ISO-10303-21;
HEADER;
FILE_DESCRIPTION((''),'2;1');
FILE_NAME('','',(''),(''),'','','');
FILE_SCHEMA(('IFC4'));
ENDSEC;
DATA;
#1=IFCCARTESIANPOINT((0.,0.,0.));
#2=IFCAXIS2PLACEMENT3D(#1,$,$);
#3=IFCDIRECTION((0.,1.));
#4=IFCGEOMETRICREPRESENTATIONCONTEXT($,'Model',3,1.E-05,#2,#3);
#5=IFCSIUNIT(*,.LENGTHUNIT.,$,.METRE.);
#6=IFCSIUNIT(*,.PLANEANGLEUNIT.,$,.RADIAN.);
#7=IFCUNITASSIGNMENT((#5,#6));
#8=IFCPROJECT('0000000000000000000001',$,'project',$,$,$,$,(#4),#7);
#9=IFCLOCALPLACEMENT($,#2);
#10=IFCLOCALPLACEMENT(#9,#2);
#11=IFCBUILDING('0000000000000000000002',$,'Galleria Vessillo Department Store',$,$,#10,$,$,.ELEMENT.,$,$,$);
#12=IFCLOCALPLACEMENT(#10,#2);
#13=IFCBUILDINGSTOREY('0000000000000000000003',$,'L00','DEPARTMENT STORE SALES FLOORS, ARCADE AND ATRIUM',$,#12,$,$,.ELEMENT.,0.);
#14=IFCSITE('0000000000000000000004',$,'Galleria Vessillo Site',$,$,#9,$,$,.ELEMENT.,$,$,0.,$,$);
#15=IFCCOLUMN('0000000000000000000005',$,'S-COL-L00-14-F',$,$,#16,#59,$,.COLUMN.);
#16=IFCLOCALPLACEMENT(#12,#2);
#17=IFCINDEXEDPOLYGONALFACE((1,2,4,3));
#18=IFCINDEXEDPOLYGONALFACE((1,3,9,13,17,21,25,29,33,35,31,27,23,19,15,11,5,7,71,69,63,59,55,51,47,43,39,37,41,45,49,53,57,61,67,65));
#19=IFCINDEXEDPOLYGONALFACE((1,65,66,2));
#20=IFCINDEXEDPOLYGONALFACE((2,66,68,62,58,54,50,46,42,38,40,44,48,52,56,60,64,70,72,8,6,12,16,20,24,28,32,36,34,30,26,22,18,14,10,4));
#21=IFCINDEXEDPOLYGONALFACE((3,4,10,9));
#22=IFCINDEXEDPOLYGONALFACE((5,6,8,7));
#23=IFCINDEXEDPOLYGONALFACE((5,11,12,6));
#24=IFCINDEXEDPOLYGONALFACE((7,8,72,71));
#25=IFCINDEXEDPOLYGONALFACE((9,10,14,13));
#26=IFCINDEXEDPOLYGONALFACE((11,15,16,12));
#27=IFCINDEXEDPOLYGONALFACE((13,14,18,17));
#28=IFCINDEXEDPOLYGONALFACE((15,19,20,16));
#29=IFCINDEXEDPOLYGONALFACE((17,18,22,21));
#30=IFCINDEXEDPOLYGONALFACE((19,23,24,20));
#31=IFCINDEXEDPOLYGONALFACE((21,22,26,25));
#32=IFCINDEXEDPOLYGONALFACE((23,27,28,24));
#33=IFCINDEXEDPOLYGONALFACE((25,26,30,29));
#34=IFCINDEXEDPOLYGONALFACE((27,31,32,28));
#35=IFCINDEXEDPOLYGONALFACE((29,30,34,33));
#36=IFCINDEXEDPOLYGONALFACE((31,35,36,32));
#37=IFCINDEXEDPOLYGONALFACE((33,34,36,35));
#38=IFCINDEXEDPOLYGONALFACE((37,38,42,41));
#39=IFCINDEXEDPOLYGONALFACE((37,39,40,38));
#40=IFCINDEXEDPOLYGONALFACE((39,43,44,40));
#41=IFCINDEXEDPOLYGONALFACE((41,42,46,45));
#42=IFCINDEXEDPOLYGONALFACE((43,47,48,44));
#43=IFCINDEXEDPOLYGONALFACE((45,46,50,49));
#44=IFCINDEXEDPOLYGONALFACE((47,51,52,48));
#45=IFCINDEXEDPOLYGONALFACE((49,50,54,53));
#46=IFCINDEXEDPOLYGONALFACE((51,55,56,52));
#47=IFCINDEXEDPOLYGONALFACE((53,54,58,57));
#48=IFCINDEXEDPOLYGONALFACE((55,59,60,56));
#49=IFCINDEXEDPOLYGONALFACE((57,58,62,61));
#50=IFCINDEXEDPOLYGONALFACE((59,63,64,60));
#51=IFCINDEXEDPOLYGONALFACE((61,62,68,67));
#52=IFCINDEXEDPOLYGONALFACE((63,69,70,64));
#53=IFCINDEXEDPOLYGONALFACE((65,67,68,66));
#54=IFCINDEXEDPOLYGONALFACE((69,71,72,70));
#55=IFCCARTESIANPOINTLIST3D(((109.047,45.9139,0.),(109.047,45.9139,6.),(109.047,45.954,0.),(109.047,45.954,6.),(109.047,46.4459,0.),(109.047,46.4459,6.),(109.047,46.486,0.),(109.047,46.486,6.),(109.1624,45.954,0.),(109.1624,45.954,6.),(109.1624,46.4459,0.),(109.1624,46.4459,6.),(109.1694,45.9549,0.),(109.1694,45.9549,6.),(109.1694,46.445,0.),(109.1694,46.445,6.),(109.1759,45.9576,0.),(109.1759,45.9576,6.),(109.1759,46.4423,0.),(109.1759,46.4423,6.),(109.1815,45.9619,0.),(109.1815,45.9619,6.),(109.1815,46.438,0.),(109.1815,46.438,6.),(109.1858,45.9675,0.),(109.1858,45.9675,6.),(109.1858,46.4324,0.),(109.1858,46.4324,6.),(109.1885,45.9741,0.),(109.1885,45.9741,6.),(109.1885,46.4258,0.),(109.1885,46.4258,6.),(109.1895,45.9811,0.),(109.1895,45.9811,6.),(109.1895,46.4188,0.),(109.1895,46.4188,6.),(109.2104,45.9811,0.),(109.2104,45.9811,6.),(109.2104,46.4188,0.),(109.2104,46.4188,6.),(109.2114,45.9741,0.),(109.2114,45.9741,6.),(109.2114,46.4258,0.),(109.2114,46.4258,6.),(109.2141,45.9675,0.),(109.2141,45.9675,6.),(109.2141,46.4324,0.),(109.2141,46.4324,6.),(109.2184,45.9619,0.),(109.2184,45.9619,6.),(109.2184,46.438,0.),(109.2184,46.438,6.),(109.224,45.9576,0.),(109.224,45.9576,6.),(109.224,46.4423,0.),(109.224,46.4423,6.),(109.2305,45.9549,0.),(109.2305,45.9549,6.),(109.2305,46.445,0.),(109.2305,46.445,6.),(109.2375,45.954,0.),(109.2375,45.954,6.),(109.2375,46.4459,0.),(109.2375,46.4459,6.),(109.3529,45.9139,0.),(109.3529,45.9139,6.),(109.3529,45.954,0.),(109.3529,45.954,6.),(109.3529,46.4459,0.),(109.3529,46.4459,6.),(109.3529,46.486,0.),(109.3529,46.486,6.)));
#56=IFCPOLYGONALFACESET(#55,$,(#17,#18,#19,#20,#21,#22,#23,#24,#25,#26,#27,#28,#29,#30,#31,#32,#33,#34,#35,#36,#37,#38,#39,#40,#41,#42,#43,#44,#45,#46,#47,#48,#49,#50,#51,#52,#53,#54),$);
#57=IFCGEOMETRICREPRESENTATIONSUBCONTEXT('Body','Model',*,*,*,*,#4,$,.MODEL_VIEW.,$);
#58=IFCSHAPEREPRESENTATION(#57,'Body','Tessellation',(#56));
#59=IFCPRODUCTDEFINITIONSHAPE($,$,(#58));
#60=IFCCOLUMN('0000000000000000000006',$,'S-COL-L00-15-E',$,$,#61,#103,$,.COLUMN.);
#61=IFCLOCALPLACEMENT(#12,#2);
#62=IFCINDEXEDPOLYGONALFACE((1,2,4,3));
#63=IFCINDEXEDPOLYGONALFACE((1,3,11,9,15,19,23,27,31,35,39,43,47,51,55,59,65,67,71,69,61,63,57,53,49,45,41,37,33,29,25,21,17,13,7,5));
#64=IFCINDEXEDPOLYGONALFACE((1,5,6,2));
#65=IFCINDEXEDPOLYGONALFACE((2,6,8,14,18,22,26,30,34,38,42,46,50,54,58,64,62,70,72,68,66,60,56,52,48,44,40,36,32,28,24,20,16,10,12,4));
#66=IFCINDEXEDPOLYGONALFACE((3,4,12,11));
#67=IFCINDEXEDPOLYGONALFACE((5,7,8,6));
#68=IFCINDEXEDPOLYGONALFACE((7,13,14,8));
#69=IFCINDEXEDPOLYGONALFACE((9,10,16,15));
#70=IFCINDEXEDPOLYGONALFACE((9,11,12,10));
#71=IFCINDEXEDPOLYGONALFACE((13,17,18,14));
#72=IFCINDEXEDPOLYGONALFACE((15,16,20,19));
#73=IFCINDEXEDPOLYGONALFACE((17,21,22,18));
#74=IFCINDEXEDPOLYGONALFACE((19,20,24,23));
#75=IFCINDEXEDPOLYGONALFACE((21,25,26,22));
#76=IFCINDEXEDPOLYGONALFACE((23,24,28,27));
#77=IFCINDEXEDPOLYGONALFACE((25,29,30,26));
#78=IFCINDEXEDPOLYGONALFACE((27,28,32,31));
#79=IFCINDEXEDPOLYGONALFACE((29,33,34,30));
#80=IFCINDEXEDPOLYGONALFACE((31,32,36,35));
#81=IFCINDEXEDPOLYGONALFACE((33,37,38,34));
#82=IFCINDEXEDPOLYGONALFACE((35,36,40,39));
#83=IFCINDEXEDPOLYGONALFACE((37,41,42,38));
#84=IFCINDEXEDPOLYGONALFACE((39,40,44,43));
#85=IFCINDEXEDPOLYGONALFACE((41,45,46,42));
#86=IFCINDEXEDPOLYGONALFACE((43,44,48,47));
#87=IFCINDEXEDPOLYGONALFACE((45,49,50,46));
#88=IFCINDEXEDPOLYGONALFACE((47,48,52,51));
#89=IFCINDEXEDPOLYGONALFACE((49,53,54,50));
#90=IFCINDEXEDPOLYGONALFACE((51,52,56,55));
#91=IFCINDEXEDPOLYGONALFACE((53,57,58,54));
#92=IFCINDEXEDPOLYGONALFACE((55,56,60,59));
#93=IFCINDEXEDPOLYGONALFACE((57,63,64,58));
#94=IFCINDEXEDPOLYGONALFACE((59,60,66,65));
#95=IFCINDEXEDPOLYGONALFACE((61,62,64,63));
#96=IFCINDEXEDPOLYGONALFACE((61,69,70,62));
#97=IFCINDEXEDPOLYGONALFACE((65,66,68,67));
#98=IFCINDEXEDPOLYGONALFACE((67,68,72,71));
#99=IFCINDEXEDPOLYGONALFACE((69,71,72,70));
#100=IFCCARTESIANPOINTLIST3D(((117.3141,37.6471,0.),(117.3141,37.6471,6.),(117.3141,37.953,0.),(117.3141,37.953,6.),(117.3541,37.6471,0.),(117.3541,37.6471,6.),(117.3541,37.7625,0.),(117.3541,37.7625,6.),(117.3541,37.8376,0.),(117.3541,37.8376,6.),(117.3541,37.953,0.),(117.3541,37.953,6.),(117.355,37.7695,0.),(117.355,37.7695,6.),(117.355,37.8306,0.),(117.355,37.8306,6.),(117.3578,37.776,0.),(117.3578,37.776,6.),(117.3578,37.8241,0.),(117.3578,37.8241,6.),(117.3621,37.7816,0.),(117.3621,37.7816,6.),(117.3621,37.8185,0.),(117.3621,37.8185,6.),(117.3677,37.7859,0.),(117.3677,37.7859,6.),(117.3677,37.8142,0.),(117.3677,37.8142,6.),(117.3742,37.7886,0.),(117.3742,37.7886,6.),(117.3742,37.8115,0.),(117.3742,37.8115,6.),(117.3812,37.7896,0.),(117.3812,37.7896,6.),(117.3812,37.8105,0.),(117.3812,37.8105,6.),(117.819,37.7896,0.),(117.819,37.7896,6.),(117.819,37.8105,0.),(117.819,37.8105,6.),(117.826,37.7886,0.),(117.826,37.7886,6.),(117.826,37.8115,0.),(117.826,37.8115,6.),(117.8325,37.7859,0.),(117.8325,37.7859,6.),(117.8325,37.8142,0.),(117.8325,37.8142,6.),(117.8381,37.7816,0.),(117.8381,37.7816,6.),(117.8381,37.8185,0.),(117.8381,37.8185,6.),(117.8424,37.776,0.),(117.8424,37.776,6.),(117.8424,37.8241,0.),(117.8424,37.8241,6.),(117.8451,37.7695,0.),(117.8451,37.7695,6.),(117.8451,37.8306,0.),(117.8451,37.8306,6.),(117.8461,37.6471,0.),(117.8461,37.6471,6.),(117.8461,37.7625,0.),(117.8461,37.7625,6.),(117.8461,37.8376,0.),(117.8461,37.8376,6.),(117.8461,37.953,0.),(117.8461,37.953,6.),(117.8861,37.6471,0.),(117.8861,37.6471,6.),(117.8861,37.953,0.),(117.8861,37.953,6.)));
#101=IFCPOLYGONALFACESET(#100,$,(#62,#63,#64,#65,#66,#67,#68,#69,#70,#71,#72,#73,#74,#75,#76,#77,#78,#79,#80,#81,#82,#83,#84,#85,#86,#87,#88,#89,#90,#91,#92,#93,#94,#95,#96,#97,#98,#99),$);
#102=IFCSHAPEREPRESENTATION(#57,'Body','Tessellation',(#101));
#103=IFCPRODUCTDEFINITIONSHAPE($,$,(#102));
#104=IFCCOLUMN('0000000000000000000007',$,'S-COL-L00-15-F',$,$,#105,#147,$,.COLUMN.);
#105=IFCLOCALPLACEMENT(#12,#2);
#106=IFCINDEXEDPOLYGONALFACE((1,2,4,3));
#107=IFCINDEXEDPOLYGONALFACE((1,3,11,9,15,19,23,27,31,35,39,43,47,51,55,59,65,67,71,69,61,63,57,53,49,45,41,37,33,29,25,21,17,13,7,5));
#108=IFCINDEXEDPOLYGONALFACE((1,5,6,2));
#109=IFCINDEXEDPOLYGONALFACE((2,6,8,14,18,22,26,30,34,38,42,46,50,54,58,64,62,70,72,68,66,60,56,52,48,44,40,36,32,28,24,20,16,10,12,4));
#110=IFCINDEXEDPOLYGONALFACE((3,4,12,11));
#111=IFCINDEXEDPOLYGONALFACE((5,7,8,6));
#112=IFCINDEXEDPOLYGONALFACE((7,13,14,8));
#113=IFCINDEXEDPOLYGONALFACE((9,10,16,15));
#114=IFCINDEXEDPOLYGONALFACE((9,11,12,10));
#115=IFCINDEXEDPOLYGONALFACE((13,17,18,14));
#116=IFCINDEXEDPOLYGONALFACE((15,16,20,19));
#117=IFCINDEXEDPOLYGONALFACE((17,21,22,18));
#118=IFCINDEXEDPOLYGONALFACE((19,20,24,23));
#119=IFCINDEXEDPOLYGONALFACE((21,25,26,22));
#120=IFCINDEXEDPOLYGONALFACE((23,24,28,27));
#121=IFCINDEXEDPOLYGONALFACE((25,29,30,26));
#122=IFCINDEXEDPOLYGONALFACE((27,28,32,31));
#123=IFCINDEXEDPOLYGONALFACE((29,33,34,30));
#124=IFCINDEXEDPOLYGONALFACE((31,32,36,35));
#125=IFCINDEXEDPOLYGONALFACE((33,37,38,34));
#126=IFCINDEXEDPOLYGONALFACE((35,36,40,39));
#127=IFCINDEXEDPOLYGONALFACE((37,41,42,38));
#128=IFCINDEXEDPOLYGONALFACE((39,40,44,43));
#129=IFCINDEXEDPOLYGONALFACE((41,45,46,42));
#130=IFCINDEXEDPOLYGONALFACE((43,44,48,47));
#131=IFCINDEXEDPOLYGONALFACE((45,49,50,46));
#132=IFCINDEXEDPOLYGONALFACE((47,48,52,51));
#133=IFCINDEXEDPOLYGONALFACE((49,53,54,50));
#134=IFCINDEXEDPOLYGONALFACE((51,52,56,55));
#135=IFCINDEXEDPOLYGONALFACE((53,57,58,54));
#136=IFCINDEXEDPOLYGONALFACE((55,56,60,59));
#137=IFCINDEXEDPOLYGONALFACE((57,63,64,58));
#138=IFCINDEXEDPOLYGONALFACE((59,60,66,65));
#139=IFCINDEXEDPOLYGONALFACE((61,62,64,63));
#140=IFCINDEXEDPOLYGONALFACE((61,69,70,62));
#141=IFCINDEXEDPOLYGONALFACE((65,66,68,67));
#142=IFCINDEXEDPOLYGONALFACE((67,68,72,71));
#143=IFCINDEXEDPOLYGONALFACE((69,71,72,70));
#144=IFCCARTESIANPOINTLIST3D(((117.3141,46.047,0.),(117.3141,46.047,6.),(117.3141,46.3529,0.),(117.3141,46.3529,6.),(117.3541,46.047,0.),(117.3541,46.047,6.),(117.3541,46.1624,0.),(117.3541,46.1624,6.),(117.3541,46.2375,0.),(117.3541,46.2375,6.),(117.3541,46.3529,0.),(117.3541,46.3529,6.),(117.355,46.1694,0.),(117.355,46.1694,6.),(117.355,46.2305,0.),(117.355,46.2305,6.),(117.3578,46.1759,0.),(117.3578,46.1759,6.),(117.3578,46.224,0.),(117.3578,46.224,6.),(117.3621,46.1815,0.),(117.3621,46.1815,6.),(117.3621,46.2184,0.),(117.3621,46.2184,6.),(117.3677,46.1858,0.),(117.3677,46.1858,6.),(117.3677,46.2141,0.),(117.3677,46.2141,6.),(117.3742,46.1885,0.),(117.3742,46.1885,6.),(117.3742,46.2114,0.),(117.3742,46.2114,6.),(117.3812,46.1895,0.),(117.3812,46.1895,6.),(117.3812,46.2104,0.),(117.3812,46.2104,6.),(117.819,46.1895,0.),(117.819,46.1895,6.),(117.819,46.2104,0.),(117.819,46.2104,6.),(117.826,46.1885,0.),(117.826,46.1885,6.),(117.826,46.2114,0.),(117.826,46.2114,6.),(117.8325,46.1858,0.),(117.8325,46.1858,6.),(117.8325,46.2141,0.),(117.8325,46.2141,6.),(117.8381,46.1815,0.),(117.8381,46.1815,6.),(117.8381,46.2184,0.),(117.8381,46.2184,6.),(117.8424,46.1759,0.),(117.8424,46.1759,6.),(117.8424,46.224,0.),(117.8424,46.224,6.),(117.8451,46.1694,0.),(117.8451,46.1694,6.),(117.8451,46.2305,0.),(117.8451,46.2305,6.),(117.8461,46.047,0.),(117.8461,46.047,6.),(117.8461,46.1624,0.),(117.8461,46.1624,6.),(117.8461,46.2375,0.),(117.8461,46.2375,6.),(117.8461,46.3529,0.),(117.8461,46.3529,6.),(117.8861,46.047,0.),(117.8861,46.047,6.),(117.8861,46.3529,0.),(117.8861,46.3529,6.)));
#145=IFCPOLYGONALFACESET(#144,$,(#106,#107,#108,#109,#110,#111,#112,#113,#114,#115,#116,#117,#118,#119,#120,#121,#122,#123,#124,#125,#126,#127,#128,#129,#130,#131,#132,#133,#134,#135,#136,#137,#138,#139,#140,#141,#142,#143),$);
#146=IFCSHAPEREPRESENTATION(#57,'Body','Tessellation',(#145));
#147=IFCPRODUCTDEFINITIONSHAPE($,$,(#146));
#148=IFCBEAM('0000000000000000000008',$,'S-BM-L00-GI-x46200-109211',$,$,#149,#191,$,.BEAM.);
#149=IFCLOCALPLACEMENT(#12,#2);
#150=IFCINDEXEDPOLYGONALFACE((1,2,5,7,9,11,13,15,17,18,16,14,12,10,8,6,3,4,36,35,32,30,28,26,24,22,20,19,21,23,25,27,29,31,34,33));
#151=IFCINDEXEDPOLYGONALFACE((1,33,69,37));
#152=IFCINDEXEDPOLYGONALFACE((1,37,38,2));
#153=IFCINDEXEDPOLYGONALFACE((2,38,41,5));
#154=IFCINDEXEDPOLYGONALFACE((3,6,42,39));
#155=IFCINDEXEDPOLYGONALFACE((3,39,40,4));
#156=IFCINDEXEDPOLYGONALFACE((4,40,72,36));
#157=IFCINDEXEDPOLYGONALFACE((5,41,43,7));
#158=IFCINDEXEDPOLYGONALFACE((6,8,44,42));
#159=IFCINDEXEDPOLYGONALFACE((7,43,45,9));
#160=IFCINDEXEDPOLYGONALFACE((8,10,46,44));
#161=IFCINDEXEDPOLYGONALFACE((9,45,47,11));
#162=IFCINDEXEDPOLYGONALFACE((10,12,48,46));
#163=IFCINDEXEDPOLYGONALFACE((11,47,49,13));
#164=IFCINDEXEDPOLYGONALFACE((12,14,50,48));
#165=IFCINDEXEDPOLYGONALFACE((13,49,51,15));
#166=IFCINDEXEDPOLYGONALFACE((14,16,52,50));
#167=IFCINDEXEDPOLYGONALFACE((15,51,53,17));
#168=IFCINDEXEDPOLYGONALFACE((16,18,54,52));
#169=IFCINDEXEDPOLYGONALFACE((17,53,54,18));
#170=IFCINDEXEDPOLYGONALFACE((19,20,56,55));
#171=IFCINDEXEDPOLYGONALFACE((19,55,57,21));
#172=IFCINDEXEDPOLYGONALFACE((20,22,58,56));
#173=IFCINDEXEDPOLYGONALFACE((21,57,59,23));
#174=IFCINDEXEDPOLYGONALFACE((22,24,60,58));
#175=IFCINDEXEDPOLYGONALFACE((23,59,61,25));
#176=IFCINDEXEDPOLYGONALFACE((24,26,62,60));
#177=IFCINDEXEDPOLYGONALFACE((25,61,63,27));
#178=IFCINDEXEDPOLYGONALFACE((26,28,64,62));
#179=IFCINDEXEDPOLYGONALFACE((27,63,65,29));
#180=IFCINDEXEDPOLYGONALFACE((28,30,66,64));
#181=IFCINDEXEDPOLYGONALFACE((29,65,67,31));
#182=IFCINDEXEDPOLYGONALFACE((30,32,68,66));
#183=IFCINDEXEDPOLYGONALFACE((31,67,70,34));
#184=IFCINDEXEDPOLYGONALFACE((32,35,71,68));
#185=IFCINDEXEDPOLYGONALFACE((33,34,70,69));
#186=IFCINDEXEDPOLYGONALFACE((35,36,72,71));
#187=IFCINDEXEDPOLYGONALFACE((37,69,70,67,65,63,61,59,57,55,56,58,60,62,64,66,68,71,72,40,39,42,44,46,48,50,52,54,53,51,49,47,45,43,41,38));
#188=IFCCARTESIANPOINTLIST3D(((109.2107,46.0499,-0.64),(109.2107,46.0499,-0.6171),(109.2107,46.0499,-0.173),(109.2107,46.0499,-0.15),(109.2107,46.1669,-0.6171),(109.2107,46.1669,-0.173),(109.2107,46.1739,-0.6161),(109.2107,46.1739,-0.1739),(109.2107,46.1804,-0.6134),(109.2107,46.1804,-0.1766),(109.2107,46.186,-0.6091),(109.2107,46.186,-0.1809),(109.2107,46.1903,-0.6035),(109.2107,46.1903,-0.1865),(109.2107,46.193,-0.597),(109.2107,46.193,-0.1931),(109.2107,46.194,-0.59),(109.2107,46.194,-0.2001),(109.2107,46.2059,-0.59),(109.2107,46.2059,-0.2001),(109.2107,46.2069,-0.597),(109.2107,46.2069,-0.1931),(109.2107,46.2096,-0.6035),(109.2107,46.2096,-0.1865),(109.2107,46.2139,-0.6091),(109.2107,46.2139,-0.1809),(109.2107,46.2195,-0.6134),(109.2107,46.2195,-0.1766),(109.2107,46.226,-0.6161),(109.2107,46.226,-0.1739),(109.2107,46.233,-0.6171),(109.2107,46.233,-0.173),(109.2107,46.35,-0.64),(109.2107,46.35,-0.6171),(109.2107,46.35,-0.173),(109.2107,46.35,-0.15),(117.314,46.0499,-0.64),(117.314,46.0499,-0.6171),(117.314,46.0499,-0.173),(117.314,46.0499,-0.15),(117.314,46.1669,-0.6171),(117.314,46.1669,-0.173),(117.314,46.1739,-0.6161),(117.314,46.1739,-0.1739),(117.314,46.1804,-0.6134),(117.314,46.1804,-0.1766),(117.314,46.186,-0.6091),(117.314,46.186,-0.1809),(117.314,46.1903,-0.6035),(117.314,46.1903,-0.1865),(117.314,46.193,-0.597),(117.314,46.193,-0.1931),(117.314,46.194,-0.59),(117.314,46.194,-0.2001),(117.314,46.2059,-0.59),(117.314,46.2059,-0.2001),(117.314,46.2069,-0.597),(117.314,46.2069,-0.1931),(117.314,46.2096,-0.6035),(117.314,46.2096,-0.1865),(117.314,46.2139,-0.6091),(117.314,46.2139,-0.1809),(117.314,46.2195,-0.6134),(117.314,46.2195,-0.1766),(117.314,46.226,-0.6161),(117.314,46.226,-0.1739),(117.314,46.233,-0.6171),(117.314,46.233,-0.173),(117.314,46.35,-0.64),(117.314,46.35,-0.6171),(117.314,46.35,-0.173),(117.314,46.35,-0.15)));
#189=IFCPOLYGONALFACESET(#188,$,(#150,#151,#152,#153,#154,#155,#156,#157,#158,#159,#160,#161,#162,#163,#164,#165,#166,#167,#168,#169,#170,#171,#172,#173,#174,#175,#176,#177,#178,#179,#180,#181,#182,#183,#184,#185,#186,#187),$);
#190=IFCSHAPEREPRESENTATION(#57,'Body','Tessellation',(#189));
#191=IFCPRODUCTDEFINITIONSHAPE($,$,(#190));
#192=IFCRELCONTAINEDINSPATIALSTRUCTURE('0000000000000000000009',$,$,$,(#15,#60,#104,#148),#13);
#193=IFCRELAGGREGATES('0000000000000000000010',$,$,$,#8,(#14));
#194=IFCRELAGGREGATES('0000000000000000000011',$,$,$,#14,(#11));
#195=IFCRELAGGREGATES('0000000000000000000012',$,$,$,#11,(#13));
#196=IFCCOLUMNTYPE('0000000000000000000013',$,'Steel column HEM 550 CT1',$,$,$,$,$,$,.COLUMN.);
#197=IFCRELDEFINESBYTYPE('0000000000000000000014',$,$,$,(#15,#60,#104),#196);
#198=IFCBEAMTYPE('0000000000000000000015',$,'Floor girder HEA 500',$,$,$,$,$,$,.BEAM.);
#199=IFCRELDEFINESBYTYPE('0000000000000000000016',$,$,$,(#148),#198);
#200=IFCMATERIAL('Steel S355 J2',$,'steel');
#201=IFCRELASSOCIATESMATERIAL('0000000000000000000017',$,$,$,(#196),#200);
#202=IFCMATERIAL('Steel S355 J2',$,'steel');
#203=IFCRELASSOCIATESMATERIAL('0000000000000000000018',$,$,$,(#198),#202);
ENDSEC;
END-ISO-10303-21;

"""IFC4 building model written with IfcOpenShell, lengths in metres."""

from ifc_helpers import new_model, si_unit, direction, frame, origin, origin_2d, place, context, subcontext, project, spatial, i_section, extrude, material, material_profile, profile_set, type_object, element, save


model = new_model("IFC4")

# Units and contexts
model_context = context("Model", 3, precision=1e-05, world=origin(), true_north=direction((0.0, 1.0)))
body_context = subcontext(model_context, "Body", "Model", "MODEL_VIEW")
ifc_project = project(units=[si_unit("LENGTHUNIT", "METRE"), si_unit("PLANEANGLEUNIT", "RADIAN")], contexts=[model_context])

# Site, building, storey
site_placement = place(None, origin())
site = spatial("IfcSite", under=ifc_project, at=site_placement, Name="Galleria Vessillo Site", CompositionType="ELEMENT", RefElevation=0.0)
building_placement = place(site_placement, origin())
building = spatial("IfcBuilding", under=site, at=building_placement, Name="Galleria Vessillo Department Store", CompositionType="ELEMENT")
storey_placement = place(building_placement, origin())
storey = spatial("IfcBuildingStorey", under=building, at=storey_placement, Name="L00", Description="DEPARTMENT STORE SALES FLOORS, ARCADE AND ATRIUM", CompositionType="ELEMENT", Elevation=0.0)

# Columns
ifc_material_1 = material(Name="Steel S355 J2", Category="steel")
ifc_material_profile_1 = material_profile(ifc_material_1, i_section(OverallWidth=0.3059, OverallDepth=0.572, WebThickness=0.021, FlangeThickness=0.04, FilletRadius=0.0271, at=origin_2d()), Name="HEM 550")
ifc_profile_set_1 = profile_set([ifc_material_profile_1], Name="Steel S355 J2")
column_type = type_object("IfcColumnType", Name="Steel column HEM 550 CT1", PredefinedType="COLUMN", material=ifc_profile_set_1)
for number, where, z_axis, x_axis, name in (
    (1, (109.2, 46.2, 0.0), (0.0, 0.0, 1.0), (1.0, 0.0, 0.0), "S-COL-L00-14-F"),
    (2, (117.6001, 37.8, 0.0), (0.0, 0.0, 1.0), (0.0, 1.0, 0.0), "S-COL-L00-15-E"),
    (3, (117.6001, 46.2, 0.0), (0.0, 0.0, 1.0), (0.0, 1.0, 0.0), "S-COL-L00-15-F"),
):
    element("IfcColumn", number, at=place(storey_placement, frame(where, z_axis=z_axis, x_axis=x_axis)), inside=storey, type_object=column_type, Name=name, PredefinedType="COLUMN", context=body_context, shape_type="SweptSolid", body=[
        extrude(i_section(OverallWidth=0.3059, OverallDepth=0.572, WebThickness=0.021, FlangeThickness=0.04, FilletRadius=0.0271, at=origin_2d()), origin(), (0.0, 0.0, 1.0), 6.0),
    ])

# Beam
ifc_material_2 = material(Name="Steel S355 J2", Category="steel")
ifc_material_profile_2 = material_profile(ifc_material_2, i_section(OverallWidth=0.3, OverallDepth=0.49, WebThickness=0.012, FlangeThickness=0.0229, FilletRadius=0.0271, at=origin_2d()), Name="HEA 500")
ifc_profile_set_2 = profile_set([ifc_material_profile_2], Name="Steel S355 J2")
beam_type_1 = type_object("IfcBeamType", Name="Floor girder HEA 500", PredefinedType="BEAM", material=ifc_profile_set_2)
beam_1_placement = place(storey_placement, frame((109.2107, 46.2, -0.395), z_axis=(1.0, 0.0, 0.0), x_axis=(0.0, 1.0, 0.0)))
element("IfcBeam", 4, at=beam_1_placement, inside=storey, type_object=beam_type_1, Name="S-BM-L00-GI-x46200-109211", PredefinedType="BEAM", context=body_context, shape_type="SweptSolid", body=[
    extrude(i_section(OverallWidth=0.3, OverallDepth=0.49, WebThickness=0.012, FlangeThickness=0.0229, FilletRadius=0.0271, at=origin_2d()), origin(), (0.0, 0.0, 1.0), 8.1033),
])

save(model, "model.ifc")
